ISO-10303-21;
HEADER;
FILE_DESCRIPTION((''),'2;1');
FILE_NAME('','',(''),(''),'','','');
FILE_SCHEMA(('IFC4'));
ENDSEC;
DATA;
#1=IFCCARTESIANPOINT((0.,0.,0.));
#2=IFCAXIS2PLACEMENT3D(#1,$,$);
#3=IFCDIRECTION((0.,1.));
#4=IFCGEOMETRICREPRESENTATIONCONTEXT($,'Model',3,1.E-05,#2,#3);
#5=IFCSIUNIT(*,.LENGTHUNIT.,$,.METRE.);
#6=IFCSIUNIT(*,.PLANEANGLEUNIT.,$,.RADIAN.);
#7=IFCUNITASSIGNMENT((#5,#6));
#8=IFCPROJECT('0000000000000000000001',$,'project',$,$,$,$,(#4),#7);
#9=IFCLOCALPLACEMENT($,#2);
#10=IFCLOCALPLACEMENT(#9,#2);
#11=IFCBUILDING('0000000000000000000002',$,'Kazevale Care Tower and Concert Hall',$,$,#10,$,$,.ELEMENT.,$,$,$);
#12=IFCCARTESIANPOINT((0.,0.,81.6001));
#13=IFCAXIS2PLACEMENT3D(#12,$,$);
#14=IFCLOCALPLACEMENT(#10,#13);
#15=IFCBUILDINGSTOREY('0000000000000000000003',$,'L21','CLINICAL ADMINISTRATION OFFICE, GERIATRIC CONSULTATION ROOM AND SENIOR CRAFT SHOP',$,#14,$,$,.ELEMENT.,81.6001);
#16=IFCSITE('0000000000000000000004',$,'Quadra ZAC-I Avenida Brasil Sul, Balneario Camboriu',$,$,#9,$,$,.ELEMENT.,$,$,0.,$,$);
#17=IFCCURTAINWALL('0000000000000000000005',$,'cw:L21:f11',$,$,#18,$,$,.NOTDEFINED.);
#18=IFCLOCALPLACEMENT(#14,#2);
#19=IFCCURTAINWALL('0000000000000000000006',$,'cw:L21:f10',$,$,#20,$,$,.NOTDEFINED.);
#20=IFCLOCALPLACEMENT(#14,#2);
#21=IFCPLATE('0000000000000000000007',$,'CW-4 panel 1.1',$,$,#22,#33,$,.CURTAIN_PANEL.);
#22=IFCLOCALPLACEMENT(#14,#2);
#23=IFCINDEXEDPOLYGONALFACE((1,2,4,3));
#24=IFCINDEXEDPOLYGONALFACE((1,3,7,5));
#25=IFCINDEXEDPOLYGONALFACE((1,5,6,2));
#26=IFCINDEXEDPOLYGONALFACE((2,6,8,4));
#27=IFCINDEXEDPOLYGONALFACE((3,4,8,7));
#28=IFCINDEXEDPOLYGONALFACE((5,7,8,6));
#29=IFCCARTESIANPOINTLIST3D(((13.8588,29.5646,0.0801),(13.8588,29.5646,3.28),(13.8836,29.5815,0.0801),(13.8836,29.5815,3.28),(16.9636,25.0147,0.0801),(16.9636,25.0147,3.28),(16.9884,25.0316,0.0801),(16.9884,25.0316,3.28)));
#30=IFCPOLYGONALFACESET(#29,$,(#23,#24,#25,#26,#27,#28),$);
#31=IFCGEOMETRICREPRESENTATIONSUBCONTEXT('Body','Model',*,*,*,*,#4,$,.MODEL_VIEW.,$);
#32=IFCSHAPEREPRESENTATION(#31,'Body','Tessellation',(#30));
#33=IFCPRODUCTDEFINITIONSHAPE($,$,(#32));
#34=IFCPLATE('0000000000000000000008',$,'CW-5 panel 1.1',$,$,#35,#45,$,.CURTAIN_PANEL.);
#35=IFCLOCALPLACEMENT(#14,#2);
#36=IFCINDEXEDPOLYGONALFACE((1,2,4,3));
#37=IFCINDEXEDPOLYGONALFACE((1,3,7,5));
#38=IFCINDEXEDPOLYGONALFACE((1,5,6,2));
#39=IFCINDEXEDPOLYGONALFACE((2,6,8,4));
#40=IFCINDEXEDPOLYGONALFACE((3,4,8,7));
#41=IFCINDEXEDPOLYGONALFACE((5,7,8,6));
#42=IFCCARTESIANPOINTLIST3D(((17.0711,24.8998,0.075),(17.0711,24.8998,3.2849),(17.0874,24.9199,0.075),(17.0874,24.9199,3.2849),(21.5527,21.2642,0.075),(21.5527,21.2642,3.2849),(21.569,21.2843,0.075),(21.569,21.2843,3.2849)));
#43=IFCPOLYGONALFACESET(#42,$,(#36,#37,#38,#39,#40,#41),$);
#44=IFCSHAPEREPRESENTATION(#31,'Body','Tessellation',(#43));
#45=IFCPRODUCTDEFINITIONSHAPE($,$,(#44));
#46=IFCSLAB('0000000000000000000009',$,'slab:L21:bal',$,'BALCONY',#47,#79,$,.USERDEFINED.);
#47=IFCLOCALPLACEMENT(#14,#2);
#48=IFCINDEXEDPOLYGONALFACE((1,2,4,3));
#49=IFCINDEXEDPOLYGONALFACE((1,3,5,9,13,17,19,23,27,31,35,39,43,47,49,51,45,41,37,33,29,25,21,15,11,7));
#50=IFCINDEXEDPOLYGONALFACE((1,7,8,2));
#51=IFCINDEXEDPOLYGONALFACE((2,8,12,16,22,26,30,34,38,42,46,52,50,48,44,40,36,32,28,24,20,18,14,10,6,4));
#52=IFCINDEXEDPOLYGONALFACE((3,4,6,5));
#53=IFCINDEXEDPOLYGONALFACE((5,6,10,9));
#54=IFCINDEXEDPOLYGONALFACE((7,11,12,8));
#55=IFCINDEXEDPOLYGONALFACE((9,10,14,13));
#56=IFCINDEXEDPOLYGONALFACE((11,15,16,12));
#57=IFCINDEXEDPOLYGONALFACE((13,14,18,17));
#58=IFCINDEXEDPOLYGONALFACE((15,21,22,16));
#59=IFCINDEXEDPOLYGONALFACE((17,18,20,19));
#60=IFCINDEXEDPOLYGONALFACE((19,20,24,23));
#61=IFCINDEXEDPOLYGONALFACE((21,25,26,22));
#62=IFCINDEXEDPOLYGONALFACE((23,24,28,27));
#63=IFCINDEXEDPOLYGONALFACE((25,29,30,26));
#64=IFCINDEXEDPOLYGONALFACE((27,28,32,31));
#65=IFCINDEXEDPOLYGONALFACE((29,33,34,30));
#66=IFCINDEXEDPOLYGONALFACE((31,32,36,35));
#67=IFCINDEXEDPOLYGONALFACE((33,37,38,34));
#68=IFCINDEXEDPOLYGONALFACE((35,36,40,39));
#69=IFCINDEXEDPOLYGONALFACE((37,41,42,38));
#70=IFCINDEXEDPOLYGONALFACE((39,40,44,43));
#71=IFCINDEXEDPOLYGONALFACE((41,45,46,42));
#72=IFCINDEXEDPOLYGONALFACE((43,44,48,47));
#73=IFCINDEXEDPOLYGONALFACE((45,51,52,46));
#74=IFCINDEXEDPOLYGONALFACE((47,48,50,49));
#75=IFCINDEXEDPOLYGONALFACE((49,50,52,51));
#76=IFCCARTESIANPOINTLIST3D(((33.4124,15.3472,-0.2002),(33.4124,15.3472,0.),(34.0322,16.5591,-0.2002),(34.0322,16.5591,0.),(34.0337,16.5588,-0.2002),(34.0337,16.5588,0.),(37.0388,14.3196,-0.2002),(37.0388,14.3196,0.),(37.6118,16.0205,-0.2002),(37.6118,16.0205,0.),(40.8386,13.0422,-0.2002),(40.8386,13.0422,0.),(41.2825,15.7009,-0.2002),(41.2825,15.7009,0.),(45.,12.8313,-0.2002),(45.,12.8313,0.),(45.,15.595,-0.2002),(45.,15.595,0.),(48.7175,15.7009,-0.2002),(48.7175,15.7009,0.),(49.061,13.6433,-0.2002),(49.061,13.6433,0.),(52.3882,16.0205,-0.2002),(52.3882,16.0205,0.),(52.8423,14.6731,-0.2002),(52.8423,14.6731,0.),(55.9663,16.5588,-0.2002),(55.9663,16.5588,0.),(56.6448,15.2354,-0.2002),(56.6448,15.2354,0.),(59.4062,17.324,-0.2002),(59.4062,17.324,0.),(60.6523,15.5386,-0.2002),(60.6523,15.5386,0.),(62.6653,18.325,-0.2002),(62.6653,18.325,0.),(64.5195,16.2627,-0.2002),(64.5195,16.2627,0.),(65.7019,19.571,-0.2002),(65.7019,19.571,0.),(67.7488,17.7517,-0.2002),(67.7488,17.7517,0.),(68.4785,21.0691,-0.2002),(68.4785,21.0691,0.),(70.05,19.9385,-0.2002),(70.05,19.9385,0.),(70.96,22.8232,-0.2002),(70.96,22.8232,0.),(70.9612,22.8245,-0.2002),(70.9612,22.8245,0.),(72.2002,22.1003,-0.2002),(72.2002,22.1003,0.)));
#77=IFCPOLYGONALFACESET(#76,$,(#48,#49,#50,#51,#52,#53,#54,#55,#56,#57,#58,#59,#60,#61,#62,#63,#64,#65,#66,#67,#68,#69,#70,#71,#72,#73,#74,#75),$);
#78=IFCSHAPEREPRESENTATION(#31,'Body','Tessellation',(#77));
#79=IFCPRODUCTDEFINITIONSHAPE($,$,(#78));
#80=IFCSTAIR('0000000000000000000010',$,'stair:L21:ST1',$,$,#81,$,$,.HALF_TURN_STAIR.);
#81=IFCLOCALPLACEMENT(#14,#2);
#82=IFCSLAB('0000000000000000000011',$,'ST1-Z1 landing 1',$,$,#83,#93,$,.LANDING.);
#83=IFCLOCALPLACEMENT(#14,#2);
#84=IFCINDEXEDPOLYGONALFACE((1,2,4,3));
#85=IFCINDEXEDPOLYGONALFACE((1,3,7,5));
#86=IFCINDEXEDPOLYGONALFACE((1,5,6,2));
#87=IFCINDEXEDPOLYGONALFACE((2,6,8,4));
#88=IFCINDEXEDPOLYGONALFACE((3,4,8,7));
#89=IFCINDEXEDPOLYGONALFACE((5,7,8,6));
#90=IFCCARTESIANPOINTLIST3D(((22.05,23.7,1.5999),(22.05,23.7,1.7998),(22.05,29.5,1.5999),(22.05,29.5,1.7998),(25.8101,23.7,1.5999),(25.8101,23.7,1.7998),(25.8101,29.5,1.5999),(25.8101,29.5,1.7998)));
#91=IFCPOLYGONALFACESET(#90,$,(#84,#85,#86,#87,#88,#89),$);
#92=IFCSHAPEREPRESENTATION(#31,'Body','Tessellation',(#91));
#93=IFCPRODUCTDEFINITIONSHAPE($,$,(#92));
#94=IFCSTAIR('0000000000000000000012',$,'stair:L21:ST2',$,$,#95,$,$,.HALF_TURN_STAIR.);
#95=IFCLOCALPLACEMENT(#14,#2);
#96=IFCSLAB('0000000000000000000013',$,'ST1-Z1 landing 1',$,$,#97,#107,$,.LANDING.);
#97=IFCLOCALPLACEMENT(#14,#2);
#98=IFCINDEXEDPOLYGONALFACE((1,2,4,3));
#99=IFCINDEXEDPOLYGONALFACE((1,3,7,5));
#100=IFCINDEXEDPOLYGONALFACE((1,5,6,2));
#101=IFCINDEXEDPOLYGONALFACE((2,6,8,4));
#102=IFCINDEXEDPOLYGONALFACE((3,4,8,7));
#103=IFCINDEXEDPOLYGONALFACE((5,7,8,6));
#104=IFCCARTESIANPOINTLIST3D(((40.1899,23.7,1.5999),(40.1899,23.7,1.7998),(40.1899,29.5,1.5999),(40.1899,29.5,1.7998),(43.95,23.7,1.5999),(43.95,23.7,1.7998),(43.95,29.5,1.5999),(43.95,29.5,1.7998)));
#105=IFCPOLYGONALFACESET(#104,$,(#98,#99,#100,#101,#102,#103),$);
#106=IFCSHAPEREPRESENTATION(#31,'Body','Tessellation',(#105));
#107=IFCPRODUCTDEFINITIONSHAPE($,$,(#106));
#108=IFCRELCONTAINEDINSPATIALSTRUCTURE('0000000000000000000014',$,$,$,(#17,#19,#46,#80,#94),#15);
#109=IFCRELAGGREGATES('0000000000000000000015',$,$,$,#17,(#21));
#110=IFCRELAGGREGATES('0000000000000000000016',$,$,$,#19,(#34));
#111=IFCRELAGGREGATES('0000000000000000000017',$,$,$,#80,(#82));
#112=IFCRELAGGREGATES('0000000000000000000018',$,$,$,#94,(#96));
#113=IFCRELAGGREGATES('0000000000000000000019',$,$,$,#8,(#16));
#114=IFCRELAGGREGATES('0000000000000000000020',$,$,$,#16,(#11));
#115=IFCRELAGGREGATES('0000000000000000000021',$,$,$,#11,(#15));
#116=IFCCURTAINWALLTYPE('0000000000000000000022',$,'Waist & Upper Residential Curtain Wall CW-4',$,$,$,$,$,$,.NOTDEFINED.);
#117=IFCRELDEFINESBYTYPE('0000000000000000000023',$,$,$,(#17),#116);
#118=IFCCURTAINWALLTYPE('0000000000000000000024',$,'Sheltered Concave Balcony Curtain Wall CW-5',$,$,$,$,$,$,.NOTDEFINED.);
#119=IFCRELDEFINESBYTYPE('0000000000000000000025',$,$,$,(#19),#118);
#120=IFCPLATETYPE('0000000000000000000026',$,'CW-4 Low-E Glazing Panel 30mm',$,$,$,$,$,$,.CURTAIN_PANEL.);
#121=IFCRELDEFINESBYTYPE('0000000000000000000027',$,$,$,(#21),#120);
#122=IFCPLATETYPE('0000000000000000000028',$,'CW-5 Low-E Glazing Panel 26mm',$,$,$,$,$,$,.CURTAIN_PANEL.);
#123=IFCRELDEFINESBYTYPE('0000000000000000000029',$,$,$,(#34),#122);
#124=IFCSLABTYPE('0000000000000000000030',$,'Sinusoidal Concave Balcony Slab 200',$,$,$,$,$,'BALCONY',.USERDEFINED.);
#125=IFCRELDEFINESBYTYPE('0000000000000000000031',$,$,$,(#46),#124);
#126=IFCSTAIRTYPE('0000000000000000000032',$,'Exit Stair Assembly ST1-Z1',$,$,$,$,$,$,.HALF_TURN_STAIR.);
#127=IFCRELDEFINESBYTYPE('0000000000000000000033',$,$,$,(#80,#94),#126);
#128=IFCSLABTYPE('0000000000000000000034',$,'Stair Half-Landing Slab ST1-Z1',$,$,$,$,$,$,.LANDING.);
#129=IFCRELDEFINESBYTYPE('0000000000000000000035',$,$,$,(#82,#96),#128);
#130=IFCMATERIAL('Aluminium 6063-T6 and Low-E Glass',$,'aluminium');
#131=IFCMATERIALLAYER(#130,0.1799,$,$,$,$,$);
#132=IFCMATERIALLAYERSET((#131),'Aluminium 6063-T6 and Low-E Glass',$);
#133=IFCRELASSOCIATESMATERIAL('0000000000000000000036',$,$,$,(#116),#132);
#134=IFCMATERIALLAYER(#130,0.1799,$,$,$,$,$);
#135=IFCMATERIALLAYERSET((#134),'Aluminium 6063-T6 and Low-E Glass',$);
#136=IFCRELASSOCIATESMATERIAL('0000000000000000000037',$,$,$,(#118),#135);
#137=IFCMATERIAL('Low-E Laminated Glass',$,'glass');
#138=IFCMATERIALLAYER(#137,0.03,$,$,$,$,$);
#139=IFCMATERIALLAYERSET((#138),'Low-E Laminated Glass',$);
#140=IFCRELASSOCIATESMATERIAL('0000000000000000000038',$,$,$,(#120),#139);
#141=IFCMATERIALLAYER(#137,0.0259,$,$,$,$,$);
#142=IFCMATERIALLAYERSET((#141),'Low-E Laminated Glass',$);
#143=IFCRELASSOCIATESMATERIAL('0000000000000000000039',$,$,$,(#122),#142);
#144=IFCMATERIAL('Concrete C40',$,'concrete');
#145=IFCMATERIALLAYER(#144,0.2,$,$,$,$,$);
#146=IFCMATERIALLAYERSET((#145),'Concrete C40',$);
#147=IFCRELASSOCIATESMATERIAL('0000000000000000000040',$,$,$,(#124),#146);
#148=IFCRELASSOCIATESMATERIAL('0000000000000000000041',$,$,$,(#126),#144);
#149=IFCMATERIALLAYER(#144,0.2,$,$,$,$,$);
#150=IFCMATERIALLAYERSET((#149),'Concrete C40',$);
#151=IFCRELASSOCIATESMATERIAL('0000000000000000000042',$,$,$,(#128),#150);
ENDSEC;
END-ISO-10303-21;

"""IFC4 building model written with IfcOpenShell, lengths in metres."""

from ifc_helpers import new_model, si_unit, direction, frame, origin, origin_2d, place, context, subcontext, project, spatial, polyline, rectangle, outline, extrude, material, layer, layer_set, type_object, element, aggregate, save


model = new_model("IFC4")

# Units and contexts
model_context = context("Model", 3, precision=1e-05, world=origin(), true_north=direction((0.0, 1.0)))
body_context = subcontext(model_context, "Body", "Model", "MODEL_VIEW")
ifc_project = project(units=[si_unit("LENGTHUNIT", "METRE"), si_unit("PLANEANGLEUNIT", "RADIAN")], contexts=[model_context])

# Site, building, storey
site_placement = place(None, origin())
site = spatial("IfcSite", under=ifc_project, at=site_placement, Name="Quadra ZAC-I Avenida Brasil Sul, Balneario Camboriu", CompositionType="ELEMENT", RefElevation=0.0)
building_placement = place(site_placement, origin())
building = spatial("IfcBuilding", under=site, at=building_placement, Name="Kazevale Care Tower and Concert Hall", CompositionType="ELEMENT")
storey_placement = place(building_placement, frame((0.0, 0.0, 81.6001)))
storey = spatial("IfcBuildingStorey", under=building, at=storey_placement, Name="L21", Description="CLINICAL ADMINISTRATION OFFICE, GERIATRIC CONSULTATION ROOM AND SENIOR CRAFT SHOP", CompositionType="ELEMENT", Elevation=81.6001)

# Curtain wall
ifc_material_1 = material(Name="Aluminium 6063-T6 and Low-E Glass", Category="aluminium")
ifc_layer_1 = layer(ifc_material_1, 0.1799)
ifc_layer_set_1 = layer_set([ifc_layer_1], Name="Aluminium 6063-T6 and Low-E Glass")
curtain_wall_type_1 = type_object("IfcCurtainWallType", Name="Waist & Upper Residential Curtain Wall CW-4", PredefinedType="NOTDEFINED", material=ifc_layer_set_1)
curtain_wall_1_placement = place(storey_placement, origin())
curtain_wall_1 = element("IfcCurtainWall", 1, at=curtain_wall_1_placement, inside=storey, type_object=curtain_wall_type_1, Name="cw:L21:f11", PredefinedType="NOTDEFINED")

# Shared definitions
ifc_layer_2 = layer(ifc_material_1, 0.1799)
ifc_layer_set_2 = layer_set([ifc_layer_2], Name="Aluminium 6063-T6 and Low-E Glass")
curtain_wall_type_2 = type_object("IfcCurtainWallType", Name="Sheltered Concave Balcony Curtain Wall CW-5", PredefinedType="NOTDEFINED", material=ifc_layer_set_2)

# Curtain wall
curtain_wall_2_placement = place(storey_placement, origin())
curtain_wall_2 = element("IfcCurtainWall", 2, at=curtain_wall_2_placement, inside=storey, type_object=curtain_wall_type_2, Name="cw:L21:f10", PredefinedType="NOTDEFINED")

# Plates
ifc_material_2 = material(Name="Low-E Laminated Glass", Category="glass")
ifc_layer_3 = layer(ifc_material_2, 0.03)
ifc_layer_set_3 = layer_set([ifc_layer_3], Name="Low-E Laminated Glass")
plate_type_1 = type_object("IfcPlateType", Name="CW-4 Low-E Glazing Panel 30mm", PredefinedType="CURTAIN_PANEL", material=ifc_layer_set_3)
plate_1_placement = place(storey_placement, frame((15.4236, 27.2981, 0.0801), z_axis=(0.0, 0.0, 1.0), x_axis=(-0.563665, 0.826003, 0.0)))
plate_1 = element("IfcPlate", 3, at=plate_1_placement, type_object=plate_type_1, Name="CW-4 panel 1.1", PredefinedType="CURTAIN_PANEL", context=body_context, shape_type="SweptSolid", body=[
    extrude(rectangle(XDim=5.5083, YDim=0.03, at=origin_2d()), origin(), (0.0, 0.0, 1.0), 3.2),
])
aggregate(curtain_wall_1, [plate_1])
ifc_layer_4 = layer(ifc_material_2, 0.0259)
ifc_layer_set_4 = layer_set([ifc_layer_4], Name="Low-E Laminated Glass")
plate_type_2 = type_object("IfcPlateType", Name="CW-5 Low-E Glazing Panel 26mm", PredefinedType="CURTAIN_PANEL", material=ifc_layer_set_4)
plate_2_placement = place(storey_placement, frame((19.3201, 23.092, 0.075), z_axis=(0.0, 0.0, 1.0), x_axis=(-0.776599, 0.629995, 0.0)))
plate_2 = element("IfcPlate", 4, at=plate_2_placement, type_object=plate_type_2, Name="CW-5 panel 1.1", PredefinedType="CURTAIN_PANEL", context=body_context, shape_type="SweptSolid", body=[
    extrude(rectangle(XDim=5.7708, YDim=0.0259, at=origin_2d()), origin(), (0.0, 0.0, 1.0), 3.21),
])
aggregate(curtain_wall_2, [plate_2])

# Slab
ifc_material_3 = material(Name="Concrete C40", Category="concrete")
ifc_layer_5 = layer(ifc_material_3, 0.2)
ifc_layer_set_5 = layer_set([ifc_layer_5], Name="Concrete C40")
slab_type_1 = type_object("IfcSlabType", Name="Sinusoidal Concave Balcony Slab 200", ElementType="BALCONY", PredefinedType="USERDEFINED", material=ifc_layer_set_5)
slab_1_placement = place(storey_placement, frame((0.0, 0.0, -0.2002)))
element("IfcSlab", 5, at=slab_1_placement, inside=storey, type_object=slab_type_1, Name="slab:L21:bal", ObjectType="BALCONY", PredefinedType="USERDEFINED", context=body_context, shape_type="SweptSolid", body=[
    extrude(outline(polyline([(72.2002, 22.1003), (70.05, 19.9385), (67.7488, 17.7517), (64.5195, 16.2627), (60.6523, 15.5386), (56.6448, 15.2354), (52.8423, 14.6731), (49.061, 13.6433), (45.0, 12.8313), (40.8386, 13.0422), (37.0388, 14.3196), (33.4124, 15.3472), (34.0322, 16.5591), (34.0337, 16.5588), (37.6118, 16.0205), (41.2825, 15.7009), (45.0, 15.595), (48.7175, 15.7009), (52.3882, 16.0205), (55.9663, 16.5588), (59.4062, 17.324), (62.6653, 18.325), (65.7019, 19.571), (68.4785, 21.0691), (70.96, 22.8232), (70.9612, 22.8245), (72.2002, 22.1003)])), origin(), (0.0, 0.0, 1.0), 0.2002),
])

# Stairs, slabs
stair_type = type_object("IfcStairType", Name="Exit Stair Assembly ST1-Z1", PredefinedType="HALF_TURN_STAIR", material=ifc_material_3)
stair_1_placement = place(storey_placement, origin())
stair_1 = element("IfcStair", 6, at=stair_1_placement, inside=storey, type_object=stair_type, Name="stair:L21:ST1", PredefinedType="HALF_TURN_STAIR")
ifc_layer_6 = layer(ifc_material_3, 0.2)
ifc_layer_set_6 = layer_set([ifc_layer_6], Name="Concrete C40")
slab_type_2 = type_object("IfcSlabType", Name="Stair Half-Landing Slab ST1-Z1", PredefinedType="LANDING", material=ifc_layer_set_6)
slab_2_placement = place(storey_placement, frame((0.0, 0.0, 1.5999)))
slab_2 = element("IfcSlab", 7, at=slab_2_placement, type_object=slab_type_2, Name="ST1-Z1 landing 1", PredefinedType="LANDING", context=body_context, shape_type="SweptSolid", body=[
    extrude(outline(polyline([(22.05, 23.7), (25.8101, 23.7), (25.8101, 29.5), (22.05, 29.5), (22.05, 23.7)])), origin(), (0.0, 0.0, 1.0), 0.2),
])
aggregate(stair_1, [slab_2])
stair_2_placement = place(storey_placement, origin())
stair_2 = element("IfcStair", 8, at=stair_2_placement, inside=storey, type_object=stair_type, Name="stair:L21:ST2", PredefinedType="HALF_TURN_STAIR")
slab_3_placement = place(storey_placement, frame((0.0, 0.0, 1.5999)))
slab_3 = element("IfcSlab", 9, at=slab_3_placement, type_object=slab_type_2, Name="ST1-Z1 landing 1", PredefinedType="LANDING", context=body_context, shape_type="SweptSolid", body=[
    extrude(outline(polyline([(40.1899, 23.7), (43.95, 23.7), (43.95, 29.5), (40.1899, 29.5), (40.1899, 23.7)])), origin(), (0.0, 0.0, 1.0), 0.2),
])
aggregate(stair_2, [slab_3])

save(model, "model.ifc")
